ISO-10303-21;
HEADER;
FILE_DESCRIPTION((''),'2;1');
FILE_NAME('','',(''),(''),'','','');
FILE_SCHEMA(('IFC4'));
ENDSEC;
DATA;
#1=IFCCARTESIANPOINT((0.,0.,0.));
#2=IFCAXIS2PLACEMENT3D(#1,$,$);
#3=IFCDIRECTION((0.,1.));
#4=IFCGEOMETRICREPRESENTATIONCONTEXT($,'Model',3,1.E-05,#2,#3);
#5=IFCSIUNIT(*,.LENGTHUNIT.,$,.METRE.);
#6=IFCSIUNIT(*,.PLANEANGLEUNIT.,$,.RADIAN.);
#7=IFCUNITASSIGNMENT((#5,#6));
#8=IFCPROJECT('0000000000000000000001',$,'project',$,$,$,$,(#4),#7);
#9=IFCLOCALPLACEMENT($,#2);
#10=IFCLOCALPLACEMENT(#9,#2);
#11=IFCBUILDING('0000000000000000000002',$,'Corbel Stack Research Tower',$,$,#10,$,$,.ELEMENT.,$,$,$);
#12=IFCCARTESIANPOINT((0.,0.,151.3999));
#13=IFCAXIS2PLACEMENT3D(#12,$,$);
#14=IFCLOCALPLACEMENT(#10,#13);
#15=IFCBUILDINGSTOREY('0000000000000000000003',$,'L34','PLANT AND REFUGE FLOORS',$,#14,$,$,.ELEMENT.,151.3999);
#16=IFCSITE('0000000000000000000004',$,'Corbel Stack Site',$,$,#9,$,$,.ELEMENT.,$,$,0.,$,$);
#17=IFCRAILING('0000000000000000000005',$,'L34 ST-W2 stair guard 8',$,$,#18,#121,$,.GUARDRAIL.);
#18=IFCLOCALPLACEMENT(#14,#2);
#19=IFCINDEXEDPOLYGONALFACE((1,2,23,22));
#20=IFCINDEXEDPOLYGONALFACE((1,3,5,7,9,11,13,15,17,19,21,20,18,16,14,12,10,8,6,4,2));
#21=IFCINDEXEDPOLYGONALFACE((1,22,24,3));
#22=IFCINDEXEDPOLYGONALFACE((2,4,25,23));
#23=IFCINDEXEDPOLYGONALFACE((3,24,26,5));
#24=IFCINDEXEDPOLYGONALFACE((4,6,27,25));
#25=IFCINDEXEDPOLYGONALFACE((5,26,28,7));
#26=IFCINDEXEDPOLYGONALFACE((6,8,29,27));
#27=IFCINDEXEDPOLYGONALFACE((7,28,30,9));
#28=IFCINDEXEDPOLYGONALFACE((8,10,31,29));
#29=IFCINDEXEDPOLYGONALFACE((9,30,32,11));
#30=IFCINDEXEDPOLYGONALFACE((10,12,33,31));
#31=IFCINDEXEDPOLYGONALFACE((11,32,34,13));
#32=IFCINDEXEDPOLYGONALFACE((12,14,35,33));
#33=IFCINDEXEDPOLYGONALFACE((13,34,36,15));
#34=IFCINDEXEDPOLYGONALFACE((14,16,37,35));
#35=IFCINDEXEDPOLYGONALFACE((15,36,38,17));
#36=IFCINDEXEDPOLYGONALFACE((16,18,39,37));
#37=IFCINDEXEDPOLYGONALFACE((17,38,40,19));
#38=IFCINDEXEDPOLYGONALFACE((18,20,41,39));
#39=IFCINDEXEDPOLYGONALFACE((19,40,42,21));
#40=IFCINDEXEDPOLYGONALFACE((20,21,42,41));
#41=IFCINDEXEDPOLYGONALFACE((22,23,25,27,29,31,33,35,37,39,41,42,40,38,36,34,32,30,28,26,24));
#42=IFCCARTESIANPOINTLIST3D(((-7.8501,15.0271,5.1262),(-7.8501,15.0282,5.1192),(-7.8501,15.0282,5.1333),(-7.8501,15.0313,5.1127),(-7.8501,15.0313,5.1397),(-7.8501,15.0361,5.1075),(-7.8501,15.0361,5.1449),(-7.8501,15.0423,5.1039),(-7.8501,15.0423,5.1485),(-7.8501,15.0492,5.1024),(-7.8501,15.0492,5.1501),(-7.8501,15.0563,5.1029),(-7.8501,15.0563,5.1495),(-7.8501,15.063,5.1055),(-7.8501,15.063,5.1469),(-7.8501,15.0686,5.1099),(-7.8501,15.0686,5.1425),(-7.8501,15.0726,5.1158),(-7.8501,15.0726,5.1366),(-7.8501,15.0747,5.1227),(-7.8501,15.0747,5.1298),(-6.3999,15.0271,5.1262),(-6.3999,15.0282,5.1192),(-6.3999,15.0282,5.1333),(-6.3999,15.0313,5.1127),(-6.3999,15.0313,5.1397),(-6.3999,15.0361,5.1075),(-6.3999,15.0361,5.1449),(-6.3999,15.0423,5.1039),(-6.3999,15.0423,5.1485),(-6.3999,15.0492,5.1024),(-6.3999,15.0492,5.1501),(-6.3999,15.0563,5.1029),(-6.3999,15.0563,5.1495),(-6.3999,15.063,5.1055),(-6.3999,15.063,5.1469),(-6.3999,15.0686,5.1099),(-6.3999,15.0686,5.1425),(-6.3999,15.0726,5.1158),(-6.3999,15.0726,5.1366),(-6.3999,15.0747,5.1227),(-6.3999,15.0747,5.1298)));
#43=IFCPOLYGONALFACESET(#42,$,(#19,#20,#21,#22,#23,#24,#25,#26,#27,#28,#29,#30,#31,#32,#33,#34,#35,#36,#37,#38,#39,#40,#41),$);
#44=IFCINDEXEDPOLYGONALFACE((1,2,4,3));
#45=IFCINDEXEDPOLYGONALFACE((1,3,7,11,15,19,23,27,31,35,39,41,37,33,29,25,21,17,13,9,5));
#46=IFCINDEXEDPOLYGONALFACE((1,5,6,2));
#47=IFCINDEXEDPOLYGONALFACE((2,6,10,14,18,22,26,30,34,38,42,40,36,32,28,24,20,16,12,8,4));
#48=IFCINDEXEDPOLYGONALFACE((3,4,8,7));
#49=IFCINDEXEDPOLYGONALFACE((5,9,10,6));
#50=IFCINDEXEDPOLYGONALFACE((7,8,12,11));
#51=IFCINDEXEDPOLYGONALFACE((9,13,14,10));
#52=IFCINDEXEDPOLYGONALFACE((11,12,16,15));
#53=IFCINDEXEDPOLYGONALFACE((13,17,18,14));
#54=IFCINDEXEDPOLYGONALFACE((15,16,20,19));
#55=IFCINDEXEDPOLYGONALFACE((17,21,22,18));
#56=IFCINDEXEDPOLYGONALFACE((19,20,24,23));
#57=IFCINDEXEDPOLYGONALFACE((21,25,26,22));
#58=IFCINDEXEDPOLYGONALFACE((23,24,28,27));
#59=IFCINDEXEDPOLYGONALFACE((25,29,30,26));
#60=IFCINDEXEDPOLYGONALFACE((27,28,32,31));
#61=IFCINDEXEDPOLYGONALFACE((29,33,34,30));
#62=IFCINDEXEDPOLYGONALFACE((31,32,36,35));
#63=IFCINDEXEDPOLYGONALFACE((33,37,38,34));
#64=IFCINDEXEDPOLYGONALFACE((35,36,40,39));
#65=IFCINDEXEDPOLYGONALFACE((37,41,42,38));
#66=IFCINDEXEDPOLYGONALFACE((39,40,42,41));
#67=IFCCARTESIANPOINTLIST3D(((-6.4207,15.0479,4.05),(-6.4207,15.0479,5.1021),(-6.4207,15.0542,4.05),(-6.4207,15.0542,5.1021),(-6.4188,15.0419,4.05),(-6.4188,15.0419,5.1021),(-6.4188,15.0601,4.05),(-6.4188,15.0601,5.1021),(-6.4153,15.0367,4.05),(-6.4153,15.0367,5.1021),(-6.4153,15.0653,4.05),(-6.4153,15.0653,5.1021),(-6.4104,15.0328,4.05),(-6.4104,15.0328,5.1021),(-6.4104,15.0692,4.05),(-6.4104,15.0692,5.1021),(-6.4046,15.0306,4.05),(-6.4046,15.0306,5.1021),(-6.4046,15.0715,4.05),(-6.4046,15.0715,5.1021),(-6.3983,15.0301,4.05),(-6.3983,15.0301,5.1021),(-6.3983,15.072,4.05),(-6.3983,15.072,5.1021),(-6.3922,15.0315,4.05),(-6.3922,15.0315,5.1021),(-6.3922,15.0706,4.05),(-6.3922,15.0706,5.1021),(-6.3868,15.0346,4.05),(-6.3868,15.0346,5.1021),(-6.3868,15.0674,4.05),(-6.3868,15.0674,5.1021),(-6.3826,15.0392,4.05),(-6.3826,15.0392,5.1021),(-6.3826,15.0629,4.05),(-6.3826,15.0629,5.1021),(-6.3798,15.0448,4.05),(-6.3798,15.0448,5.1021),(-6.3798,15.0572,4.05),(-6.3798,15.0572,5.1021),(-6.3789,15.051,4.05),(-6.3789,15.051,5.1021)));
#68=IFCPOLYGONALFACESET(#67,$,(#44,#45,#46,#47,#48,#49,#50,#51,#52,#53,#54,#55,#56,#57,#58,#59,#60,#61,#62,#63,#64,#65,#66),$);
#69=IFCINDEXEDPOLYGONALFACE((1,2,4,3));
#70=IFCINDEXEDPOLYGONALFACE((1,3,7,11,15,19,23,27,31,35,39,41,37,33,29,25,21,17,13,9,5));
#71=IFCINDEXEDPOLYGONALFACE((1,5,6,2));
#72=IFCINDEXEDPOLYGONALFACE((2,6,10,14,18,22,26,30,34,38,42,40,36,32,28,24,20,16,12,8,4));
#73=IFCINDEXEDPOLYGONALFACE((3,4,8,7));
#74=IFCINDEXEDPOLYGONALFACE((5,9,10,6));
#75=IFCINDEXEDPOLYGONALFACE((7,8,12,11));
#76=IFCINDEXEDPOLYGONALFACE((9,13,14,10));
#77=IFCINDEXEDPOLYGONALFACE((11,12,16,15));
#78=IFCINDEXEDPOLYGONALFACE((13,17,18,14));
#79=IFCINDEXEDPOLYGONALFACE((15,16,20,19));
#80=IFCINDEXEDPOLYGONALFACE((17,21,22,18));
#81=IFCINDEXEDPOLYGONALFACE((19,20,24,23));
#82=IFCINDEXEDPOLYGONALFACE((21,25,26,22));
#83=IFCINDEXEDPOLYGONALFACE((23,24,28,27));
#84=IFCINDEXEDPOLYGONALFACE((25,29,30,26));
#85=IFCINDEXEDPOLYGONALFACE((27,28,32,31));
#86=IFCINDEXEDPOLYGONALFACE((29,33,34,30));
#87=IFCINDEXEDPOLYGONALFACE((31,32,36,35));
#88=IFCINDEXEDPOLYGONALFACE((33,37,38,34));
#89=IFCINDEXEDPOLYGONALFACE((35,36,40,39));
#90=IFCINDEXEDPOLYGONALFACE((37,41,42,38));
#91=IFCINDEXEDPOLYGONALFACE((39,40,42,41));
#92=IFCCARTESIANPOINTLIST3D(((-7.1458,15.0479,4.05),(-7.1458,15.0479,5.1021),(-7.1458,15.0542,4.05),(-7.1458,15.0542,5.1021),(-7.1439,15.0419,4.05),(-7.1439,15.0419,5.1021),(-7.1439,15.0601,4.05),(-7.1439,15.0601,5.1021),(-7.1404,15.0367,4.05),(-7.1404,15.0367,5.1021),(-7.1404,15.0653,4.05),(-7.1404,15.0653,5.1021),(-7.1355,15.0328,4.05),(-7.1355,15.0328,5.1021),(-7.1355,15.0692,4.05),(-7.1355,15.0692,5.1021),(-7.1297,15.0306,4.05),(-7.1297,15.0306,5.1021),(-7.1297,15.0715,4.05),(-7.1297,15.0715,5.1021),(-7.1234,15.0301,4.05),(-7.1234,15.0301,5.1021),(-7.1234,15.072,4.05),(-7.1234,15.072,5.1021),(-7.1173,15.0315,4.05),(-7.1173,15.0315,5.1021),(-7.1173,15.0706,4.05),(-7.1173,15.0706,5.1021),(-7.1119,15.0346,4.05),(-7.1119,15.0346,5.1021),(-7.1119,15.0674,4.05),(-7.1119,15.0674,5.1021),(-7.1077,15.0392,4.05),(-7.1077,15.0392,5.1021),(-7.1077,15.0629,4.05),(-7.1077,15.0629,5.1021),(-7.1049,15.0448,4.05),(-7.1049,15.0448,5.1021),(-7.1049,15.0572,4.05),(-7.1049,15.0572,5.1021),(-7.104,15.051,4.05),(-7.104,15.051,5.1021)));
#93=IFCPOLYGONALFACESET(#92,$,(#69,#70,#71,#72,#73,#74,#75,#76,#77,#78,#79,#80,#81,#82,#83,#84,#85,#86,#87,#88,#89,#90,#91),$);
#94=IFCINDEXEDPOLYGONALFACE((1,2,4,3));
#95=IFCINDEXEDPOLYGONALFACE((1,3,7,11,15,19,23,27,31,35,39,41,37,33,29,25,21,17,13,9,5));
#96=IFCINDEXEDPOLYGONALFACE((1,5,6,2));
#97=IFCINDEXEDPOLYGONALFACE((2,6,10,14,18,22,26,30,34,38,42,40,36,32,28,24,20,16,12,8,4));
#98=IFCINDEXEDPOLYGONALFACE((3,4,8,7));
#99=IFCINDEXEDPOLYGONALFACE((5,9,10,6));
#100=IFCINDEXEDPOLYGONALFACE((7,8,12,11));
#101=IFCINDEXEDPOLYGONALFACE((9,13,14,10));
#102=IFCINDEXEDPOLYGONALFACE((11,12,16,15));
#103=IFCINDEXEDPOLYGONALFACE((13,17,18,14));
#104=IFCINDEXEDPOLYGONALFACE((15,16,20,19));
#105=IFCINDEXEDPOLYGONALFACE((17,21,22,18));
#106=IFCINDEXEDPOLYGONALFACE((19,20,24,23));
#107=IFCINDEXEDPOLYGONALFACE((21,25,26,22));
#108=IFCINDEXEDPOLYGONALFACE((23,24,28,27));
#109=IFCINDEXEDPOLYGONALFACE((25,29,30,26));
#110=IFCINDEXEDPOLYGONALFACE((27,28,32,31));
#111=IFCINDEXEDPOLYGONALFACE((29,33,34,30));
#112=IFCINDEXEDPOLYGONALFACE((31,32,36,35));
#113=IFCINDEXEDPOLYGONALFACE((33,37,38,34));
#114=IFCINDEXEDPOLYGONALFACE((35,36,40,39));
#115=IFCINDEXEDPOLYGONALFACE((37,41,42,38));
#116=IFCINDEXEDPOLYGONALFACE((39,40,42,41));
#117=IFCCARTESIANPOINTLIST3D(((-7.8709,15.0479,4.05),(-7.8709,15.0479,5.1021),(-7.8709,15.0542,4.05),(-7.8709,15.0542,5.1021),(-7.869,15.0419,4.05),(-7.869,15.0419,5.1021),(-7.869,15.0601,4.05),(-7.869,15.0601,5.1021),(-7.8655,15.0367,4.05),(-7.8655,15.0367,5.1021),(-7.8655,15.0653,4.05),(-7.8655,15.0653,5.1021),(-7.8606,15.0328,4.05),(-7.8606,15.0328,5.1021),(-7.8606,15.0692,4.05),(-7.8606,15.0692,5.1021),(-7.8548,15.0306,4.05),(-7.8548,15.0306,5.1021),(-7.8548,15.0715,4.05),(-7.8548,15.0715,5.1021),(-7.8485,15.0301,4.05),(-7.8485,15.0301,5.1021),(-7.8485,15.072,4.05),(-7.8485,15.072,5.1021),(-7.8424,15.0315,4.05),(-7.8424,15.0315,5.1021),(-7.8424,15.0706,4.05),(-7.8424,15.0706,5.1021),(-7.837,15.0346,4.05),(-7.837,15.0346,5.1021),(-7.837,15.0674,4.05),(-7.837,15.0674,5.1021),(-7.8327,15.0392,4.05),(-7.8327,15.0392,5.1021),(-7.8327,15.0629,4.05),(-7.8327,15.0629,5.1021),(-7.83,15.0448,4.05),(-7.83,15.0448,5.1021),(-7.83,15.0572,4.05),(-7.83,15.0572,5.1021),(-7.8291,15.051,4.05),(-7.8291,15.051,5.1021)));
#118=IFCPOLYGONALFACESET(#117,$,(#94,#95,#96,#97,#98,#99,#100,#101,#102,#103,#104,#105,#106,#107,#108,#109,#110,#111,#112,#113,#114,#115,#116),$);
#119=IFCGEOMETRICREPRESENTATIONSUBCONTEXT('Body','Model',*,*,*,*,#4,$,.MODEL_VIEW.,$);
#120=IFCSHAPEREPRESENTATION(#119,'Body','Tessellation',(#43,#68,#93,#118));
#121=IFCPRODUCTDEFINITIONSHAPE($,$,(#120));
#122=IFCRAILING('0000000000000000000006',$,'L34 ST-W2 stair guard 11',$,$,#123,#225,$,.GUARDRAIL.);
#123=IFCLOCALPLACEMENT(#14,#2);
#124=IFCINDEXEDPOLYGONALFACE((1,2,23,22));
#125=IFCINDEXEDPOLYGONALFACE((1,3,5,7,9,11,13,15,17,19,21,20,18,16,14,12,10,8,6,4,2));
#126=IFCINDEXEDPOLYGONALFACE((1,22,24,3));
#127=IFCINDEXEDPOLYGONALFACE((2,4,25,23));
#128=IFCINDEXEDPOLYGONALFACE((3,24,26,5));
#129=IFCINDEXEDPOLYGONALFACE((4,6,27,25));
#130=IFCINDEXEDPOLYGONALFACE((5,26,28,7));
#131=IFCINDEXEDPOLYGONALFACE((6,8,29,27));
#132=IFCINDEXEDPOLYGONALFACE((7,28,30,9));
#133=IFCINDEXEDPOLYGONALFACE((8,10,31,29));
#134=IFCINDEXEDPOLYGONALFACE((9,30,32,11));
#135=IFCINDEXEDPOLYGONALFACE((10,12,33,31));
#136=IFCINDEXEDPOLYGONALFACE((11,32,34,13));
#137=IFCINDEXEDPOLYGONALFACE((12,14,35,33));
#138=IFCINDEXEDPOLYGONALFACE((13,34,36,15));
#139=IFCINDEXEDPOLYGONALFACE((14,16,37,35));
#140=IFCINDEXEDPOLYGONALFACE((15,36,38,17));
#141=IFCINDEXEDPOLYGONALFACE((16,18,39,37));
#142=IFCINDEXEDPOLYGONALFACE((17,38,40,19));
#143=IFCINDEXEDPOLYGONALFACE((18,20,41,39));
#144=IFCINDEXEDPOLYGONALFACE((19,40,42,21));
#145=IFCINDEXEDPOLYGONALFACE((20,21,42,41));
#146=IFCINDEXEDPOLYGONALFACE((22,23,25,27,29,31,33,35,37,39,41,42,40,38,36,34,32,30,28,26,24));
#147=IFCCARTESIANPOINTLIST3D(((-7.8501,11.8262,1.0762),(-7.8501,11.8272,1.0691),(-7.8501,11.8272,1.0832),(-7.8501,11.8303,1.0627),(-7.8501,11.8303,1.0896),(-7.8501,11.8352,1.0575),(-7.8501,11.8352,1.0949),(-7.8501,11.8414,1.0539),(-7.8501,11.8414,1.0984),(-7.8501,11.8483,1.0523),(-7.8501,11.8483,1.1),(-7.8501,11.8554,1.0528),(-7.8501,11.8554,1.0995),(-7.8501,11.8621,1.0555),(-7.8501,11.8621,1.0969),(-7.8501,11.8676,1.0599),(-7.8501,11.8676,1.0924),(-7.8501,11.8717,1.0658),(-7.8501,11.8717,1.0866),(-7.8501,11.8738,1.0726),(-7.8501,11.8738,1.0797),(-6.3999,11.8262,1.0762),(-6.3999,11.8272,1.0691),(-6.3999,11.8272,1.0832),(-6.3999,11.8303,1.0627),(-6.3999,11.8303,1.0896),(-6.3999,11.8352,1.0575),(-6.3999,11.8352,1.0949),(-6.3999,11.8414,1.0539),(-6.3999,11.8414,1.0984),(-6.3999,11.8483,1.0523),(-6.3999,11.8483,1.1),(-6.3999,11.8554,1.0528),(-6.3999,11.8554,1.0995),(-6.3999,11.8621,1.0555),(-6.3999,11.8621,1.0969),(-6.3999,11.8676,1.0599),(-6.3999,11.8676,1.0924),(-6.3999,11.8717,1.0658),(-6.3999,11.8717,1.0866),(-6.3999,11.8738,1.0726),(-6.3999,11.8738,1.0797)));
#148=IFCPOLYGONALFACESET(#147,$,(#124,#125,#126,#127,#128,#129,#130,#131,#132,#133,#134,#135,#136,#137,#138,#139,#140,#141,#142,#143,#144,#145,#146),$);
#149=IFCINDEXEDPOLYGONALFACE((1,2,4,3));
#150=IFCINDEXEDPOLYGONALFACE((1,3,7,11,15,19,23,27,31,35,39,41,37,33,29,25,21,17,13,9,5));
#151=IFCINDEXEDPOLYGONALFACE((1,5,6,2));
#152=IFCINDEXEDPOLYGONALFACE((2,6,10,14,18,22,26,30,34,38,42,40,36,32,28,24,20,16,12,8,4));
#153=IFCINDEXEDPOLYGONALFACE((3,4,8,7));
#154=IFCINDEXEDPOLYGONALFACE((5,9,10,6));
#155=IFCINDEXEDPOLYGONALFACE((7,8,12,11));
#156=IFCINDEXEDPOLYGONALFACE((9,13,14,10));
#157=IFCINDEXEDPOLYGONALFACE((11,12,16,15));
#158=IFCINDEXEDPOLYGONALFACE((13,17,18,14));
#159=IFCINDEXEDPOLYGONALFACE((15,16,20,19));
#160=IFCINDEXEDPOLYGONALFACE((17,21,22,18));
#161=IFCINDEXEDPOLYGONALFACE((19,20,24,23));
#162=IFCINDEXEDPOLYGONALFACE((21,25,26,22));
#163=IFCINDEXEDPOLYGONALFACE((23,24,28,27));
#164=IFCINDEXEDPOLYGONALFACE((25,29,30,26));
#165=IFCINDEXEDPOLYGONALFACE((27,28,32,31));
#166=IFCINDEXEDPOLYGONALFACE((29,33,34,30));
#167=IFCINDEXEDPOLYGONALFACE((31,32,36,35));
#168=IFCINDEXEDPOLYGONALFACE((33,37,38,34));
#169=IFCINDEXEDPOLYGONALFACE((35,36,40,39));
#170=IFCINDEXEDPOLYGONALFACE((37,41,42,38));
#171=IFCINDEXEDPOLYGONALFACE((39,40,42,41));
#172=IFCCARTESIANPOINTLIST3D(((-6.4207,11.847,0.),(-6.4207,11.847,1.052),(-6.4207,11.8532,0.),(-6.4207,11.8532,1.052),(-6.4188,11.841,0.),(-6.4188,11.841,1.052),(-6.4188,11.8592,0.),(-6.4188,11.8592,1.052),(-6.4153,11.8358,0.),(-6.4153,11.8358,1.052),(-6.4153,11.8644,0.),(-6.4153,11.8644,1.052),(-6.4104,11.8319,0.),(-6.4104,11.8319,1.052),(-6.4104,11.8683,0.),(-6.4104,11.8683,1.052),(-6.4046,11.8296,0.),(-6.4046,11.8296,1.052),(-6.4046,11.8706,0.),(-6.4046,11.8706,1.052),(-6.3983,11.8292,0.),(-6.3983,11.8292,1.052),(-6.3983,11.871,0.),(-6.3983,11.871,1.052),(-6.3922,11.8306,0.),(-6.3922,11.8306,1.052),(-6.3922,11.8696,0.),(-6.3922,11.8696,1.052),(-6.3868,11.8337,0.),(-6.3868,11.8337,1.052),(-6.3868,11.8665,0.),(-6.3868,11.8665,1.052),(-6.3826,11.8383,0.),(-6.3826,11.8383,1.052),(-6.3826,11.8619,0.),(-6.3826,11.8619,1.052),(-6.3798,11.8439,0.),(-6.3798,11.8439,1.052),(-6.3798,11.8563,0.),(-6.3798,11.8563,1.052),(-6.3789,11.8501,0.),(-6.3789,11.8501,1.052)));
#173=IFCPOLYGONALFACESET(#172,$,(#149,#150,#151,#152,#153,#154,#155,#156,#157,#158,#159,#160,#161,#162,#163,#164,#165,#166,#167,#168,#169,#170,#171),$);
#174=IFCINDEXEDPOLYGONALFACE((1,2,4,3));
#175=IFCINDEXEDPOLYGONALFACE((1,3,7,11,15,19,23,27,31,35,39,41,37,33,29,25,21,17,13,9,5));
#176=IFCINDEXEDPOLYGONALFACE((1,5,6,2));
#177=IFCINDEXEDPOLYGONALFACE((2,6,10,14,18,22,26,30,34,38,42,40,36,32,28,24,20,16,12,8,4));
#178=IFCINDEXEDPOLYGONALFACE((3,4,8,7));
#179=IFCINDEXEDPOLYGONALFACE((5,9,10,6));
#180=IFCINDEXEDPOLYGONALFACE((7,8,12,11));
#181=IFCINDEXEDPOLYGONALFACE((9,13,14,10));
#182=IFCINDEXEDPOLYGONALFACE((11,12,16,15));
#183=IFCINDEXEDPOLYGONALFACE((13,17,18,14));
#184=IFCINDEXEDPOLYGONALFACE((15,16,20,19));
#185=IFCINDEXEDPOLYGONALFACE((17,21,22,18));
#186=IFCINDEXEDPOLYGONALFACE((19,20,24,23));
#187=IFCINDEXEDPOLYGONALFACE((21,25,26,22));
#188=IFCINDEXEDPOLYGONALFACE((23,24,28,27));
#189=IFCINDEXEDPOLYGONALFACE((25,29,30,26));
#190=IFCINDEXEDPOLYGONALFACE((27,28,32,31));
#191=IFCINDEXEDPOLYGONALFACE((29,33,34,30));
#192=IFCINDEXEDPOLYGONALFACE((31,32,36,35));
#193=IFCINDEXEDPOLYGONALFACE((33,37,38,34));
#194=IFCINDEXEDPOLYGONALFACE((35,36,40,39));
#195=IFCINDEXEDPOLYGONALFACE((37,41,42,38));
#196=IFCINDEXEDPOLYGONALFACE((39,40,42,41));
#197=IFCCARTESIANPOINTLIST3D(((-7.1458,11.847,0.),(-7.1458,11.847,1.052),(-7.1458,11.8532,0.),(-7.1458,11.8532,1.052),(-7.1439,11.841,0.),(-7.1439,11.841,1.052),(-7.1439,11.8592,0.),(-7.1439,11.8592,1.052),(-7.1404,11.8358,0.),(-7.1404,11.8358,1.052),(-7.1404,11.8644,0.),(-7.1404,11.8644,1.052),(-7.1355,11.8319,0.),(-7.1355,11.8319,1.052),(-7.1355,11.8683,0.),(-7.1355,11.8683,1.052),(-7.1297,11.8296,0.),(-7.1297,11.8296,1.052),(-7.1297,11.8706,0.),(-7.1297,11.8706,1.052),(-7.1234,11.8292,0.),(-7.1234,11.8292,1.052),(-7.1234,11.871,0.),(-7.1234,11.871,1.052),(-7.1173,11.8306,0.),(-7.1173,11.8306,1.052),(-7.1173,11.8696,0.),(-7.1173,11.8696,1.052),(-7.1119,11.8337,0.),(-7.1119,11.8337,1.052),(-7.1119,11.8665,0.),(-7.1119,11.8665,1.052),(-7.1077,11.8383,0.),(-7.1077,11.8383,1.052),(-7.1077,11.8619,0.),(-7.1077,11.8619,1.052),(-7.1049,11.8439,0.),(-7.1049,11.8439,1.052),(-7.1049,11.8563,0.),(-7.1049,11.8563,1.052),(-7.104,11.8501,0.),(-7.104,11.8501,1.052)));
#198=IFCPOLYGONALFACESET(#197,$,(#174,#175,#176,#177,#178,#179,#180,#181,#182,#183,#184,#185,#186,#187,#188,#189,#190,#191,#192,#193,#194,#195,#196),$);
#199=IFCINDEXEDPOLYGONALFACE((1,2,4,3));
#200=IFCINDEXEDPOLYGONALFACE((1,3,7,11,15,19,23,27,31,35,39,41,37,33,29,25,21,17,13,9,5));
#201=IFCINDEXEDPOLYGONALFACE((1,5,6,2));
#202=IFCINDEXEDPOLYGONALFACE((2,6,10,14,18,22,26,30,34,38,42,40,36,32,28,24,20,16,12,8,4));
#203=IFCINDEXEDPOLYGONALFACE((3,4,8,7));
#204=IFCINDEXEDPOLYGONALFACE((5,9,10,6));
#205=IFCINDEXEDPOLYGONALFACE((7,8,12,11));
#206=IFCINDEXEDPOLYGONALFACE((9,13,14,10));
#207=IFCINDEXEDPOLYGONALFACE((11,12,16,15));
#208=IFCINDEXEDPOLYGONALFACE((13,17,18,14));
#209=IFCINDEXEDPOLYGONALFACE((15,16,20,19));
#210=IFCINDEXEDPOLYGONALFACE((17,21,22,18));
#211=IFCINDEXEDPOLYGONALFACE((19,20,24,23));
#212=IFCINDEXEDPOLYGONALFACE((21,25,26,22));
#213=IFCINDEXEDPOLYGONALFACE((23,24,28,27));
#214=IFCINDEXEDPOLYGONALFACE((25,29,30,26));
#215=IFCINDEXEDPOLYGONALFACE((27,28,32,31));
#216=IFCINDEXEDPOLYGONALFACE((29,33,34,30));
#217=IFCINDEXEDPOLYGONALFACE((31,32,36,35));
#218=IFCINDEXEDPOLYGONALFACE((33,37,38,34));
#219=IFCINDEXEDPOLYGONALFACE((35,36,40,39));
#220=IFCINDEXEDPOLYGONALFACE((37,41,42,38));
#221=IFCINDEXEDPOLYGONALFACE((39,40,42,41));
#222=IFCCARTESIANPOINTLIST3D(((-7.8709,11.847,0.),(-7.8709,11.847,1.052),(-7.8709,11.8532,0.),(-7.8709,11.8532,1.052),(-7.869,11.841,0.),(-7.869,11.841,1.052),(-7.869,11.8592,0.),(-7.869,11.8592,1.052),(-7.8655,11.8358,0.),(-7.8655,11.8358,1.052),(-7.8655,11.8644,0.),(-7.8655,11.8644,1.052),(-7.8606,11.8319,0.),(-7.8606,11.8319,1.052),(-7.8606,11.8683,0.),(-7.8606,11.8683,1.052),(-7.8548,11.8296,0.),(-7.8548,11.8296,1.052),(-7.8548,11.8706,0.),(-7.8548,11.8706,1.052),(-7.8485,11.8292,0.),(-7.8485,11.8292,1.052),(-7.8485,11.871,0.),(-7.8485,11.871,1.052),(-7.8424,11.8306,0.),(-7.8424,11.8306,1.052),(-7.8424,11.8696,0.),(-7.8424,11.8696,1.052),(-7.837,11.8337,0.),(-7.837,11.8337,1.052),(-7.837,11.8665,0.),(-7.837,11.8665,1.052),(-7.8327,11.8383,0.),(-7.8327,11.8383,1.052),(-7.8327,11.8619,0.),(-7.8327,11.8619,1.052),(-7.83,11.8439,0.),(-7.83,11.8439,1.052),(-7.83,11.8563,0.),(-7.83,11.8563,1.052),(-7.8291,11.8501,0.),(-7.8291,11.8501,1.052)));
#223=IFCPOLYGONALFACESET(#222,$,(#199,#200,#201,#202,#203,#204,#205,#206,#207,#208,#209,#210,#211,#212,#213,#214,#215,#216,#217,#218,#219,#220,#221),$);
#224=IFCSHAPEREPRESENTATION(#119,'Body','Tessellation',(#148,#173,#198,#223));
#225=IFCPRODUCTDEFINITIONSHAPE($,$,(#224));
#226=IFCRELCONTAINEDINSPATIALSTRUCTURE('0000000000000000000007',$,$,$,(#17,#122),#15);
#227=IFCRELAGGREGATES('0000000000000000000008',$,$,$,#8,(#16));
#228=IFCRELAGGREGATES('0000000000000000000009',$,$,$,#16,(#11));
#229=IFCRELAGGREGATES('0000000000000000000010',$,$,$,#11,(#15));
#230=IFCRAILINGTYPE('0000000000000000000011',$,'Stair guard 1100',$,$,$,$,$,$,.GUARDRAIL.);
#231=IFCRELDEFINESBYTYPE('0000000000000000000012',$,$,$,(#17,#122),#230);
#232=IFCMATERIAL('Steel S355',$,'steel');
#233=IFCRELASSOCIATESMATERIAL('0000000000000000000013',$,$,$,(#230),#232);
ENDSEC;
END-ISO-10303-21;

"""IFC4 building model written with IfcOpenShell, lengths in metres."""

from ifc_helpers import new_model, si_unit, direction, frame, origin, origin_2d, place, context, subcontext, project, spatial, circle, extrude, material, type_object, element, save


model = new_model("IFC4")

# Units and contexts
model_context = context("Model", 3, precision=1e-05, world=origin(), true_north=direction((0.0, 1.0)))
body_context = subcontext(model_context, "Body", "Model", "MODEL_VIEW")
ifc_project = project(units=[si_unit("LENGTHUNIT", "METRE"), si_unit("PLANEANGLEUNIT", "RADIAN")], contexts=[model_context])

# Site, building, storey
site_placement = place(None, origin())
site = spatial("IfcSite", under=ifc_project, at=site_placement, Name="Corbel Stack Site", CompositionType="ELEMENT", RefElevation=0.0)
building_placement = place(site_placement, origin())
building = spatial("IfcBuilding", under=site, at=building_placement, Name="Corbel Stack Research Tower", CompositionType="ELEMENT")
storey_placement = place(building_placement, frame((0.0, 0.0, 151.3999)))
storey = spatial("IfcBuildingStorey", under=building, at=storey_placement, Name="L34", Description="PLANT AND REFUGE FLOORS", CompositionType="ELEMENT", Elevation=151.3999)

# Railings
ifc_material_1 = material(Name="Steel S355", Category="steel")
railing_type_1 = type_object("IfcRailingType", Name="Stair guard 1100", PredefinedType="GUARDRAIL", material=ifc_material_1)
for number, where, name in (
    (1, (-6.3999, 15.051, 4.05), "L34 ST-W2 stair guard 8"),
    (2, (-6.3999, 11.8501, 0.0), "L34 ST-W2 stair guard 11"),
):
    element("IfcRailing", number, at=place(storey_placement, frame(where)), inside=storey, type_object=railing_type_1, Name=name, PredefinedType="GUARDRAIL", context=body_context, shape_type="SweptSolid", body=[
        extrude(circle(Radius=0.0239, at=origin_2d()), frame((0.0, 0.0, 1.0762), z_axis=(-1.0, 0.0, 0.0), x_axis=(0.0, -1.0, 0.0)), (0.0, 0.0, 1.0), 1.4502),
        extrude(circle(Radius=0.021, at=origin_2d()), origin(), (0.0, 0.0, 1.0), 1.052),
        extrude(circle(Radius=0.021, at=origin_2d()), frame((-0.7251, 0.0, 0.0)), (0.0, 0.0, 1.0), 1.052),
        extrude(circle(Radius=0.021, at=origin_2d()), frame((-1.4502, 0.0, 0.0)), (0.0, 0.0, 1.0), 1.052),
    ])

save(model, "model.ifc")
